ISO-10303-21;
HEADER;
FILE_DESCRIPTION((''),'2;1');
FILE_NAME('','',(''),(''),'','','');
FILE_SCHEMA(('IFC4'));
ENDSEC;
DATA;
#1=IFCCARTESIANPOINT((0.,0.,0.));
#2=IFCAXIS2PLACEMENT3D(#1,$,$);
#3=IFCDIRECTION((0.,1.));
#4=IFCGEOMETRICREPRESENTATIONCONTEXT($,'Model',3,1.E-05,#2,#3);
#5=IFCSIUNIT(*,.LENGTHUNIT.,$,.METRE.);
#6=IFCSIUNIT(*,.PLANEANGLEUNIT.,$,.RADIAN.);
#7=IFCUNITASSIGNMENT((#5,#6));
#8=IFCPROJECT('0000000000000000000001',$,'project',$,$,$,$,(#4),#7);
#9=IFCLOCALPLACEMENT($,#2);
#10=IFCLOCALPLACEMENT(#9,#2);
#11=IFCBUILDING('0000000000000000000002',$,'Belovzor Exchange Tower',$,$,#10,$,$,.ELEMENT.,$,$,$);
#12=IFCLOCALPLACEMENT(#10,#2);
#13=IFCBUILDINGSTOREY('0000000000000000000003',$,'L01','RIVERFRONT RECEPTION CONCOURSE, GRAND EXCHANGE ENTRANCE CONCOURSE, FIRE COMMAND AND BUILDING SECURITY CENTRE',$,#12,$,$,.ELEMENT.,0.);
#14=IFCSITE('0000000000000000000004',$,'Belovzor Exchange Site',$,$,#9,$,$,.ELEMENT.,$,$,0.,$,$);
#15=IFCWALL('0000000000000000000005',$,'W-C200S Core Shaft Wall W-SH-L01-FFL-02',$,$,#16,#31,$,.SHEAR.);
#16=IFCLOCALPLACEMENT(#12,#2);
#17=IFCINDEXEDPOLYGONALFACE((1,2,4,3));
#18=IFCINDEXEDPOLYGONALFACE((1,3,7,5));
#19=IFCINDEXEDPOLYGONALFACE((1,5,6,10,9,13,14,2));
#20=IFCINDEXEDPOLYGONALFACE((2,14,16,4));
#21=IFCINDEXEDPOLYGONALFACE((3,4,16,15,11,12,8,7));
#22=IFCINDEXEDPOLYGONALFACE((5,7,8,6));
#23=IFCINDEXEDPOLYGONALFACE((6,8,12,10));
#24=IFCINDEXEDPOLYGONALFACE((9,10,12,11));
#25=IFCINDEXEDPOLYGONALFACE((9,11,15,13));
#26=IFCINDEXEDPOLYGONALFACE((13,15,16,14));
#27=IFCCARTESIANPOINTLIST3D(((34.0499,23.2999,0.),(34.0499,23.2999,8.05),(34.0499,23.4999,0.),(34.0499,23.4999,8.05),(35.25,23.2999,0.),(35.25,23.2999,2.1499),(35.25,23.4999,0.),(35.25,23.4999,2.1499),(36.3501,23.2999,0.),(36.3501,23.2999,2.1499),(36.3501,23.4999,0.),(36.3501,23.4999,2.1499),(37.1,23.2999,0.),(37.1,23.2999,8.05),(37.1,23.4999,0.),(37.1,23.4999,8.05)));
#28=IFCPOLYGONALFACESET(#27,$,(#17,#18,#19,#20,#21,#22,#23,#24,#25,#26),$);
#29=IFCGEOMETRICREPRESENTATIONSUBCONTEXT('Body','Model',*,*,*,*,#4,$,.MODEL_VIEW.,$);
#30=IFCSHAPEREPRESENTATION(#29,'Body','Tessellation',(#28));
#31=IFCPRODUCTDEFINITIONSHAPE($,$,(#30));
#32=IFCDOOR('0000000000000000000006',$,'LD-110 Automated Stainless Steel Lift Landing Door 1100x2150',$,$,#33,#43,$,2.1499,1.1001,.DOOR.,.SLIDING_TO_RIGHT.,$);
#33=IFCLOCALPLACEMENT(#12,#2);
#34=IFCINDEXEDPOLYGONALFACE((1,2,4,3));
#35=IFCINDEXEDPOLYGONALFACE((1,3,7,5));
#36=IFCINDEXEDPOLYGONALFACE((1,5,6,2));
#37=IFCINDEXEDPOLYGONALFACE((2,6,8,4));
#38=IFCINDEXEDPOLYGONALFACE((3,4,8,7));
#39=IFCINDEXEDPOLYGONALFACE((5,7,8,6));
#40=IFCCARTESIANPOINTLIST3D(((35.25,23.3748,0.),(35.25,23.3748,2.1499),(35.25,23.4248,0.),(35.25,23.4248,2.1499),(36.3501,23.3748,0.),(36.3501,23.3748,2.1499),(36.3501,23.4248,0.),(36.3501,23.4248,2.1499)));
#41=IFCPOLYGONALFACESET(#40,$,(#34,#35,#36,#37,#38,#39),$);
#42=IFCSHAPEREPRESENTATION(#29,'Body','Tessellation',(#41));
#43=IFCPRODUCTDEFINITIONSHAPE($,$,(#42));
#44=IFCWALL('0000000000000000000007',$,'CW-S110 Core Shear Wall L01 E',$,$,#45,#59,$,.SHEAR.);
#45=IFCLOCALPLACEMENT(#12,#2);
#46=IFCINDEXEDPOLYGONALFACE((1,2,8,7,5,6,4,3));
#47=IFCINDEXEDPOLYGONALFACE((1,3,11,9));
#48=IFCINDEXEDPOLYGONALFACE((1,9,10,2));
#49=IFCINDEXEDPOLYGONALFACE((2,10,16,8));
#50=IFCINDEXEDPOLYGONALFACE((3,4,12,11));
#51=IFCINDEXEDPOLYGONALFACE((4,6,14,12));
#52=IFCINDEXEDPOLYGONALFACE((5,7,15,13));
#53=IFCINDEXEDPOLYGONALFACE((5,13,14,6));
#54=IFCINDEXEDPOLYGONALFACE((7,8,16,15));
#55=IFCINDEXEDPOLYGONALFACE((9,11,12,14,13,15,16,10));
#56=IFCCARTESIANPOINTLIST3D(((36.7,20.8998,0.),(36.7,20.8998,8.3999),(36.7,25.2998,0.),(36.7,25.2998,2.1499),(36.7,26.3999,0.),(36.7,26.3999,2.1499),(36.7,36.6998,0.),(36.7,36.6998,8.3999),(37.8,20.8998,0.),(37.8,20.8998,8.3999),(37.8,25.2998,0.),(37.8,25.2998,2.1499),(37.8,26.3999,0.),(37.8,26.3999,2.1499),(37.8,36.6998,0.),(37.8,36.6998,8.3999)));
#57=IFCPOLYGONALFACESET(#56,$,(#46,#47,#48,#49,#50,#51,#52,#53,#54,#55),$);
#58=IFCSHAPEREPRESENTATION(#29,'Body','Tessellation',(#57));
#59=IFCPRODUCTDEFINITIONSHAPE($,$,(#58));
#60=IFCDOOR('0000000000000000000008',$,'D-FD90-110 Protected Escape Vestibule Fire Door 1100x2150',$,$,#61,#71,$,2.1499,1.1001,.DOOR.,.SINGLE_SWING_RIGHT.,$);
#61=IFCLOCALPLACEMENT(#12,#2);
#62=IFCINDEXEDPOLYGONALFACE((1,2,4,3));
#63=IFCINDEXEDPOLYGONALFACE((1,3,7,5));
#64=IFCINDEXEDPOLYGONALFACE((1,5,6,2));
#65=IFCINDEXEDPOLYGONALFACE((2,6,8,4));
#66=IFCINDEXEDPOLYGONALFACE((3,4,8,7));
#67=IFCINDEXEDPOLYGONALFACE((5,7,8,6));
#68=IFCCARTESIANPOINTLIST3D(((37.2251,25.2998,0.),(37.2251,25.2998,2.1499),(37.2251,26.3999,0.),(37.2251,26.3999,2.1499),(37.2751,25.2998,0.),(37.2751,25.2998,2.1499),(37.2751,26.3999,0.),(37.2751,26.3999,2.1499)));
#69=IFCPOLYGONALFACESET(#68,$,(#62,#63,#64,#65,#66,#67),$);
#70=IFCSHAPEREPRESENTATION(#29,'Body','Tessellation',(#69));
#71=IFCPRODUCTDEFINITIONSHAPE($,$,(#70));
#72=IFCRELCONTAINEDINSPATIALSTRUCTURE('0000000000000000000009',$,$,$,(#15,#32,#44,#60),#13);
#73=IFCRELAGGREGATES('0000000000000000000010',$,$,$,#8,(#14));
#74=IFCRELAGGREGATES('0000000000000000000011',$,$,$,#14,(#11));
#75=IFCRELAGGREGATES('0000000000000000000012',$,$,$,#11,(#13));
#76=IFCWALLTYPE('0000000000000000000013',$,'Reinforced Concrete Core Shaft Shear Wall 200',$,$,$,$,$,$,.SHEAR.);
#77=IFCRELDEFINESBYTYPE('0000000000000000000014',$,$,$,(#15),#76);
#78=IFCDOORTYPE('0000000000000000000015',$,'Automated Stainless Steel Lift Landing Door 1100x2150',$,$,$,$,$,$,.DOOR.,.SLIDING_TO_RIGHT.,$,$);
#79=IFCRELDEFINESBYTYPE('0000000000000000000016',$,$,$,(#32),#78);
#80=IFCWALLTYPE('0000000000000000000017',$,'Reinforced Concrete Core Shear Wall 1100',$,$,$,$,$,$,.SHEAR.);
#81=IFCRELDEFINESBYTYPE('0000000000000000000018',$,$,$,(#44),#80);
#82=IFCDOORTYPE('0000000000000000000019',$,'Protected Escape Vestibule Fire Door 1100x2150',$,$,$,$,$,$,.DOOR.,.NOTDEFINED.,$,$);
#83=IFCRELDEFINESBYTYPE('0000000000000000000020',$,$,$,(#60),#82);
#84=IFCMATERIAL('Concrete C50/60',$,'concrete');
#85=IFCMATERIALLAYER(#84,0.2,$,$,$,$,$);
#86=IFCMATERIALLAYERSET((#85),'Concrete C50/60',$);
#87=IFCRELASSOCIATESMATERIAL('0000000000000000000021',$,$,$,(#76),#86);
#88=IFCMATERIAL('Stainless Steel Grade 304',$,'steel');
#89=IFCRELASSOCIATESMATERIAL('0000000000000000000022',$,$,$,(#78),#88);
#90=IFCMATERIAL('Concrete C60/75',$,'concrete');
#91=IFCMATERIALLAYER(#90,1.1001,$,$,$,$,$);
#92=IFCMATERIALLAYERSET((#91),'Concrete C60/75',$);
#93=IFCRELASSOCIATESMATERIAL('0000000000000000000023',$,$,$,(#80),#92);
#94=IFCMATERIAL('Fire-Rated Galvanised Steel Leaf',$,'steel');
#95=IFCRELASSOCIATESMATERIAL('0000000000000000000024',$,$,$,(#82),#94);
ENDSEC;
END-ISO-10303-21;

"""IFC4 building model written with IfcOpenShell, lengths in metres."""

from ifc_helpers import new_model, si_unit, direction, frame, frame_2d, origin, place, context, subcontext, project, spatial, rectangle, extrude, material, layer, layer_set, type_object, element, fill, save


model = new_model("IFC4")

# Units and contexts
model_context = context("Model", 3, precision=1e-05, world=origin(), true_north=direction((0.0, 1.0)))
body_context = subcontext(model_context, "Body", "Model", "MODEL_VIEW")
ifc_project = project(units=[si_unit("LENGTHUNIT", "METRE"), si_unit("PLANEANGLEUNIT", "RADIAN")], contexts=[model_context])

# Site, building, storey
site_placement = place(None, origin())
site = spatial("IfcSite", under=ifc_project, at=site_placement, Name="Belovzor Exchange Site", CompositionType="ELEMENT", RefElevation=0.0)
building_placement = place(site_placement, origin())
building = spatial("IfcBuilding", under=site, at=building_placement, Name="Belovzor Exchange Tower", CompositionType="ELEMENT")
storey_placement = place(building_placement, origin())
storey = spatial("IfcBuildingStorey", under=building, at=storey_placement, Name="L01", Description="RIVERFRONT RECEPTION CONCOURSE, GRAND EXCHANGE ENTRANCE CONCOURSE, FIRE COMMAND AND BUILDING SECURITY CENTRE", CompositionType="ELEMENT", Elevation=0.0)

# Walls, openings, doors
ifc_material_1 = material(Name="Concrete C50/60", Category="concrete")
ifc_layer_1 = layer(ifc_material_1, 0.2)
ifc_layer_set_1 = layer_set([ifc_layer_1], Name="Concrete C50/60")
wall_type_1 = type_object("IfcWallType", Name="Reinforced Concrete Core Shaft Shear Wall 200", PredefinedType="SHEAR", material=ifc_layer_set_1)
wall_1_placement = place(storey_placement, frame((34.05, 23.3999, 0.0), z_axis=(0.0, 0.0, 1.0), x_axis=(1.0, 0.0, 0.0)))
wall_1 = element("IfcWall", 1, at=wall_1_placement, inside=storey, type_object=wall_type_1, Name="W-C200S Core Shaft Wall W-SH-L01-FFL-02", PredefinedType="SHEAR", context=body_context, shape_type="SweptSolid", body=[
    extrude(rectangle(XDim=3.05, YDim=0.2, at=frame_2d((1.5249, 0.0))), origin(), (0.0, 0.0, 1.0), 8.05),
])
opening_1_placement = place(wall_1_placement, frame((1.2, 0.0, 0.0)))
opening_1 = element("IfcOpeningElement", 2, at=opening_1_placement, cuts=wall_1, PredefinedType="OPENING", context=body_context, shape_type="SweptSolid", body=[
    extrude(rectangle(XDim=1.1001, YDim=2.1499, at=frame_2d((0.55, 1.075))), frame((0.0, 0.1099, 0.0), z_axis=(0.0, -1.0, 0.0), x_axis=(1.0, 0.0, 0.0)), (0.0, 0.0, 1.0), 0.22),
])
ifc_material_2 = material(Name="Stainless Steel Grade 304", Category="steel")
door_type_1 = type_object("IfcDoorType", Name="Automated Stainless Steel Lift Landing Door 1100x2150", OperationType="SLIDING_TO_RIGHT", PredefinedType="DOOR", material=ifc_material_2)
door_1_placement = place(opening_1_placement, origin())
door_1 = element("IfcDoor", 3, at=door_1_placement, inside=storey, type_object=door_type_1, Name="LD-110 Automated Stainless Steel Lift Landing Door 1100x2150", OperationType="SLIDING_TO_RIGHT", OverallHeight=2.1499, OverallWidth=1.1001, PredefinedType="DOOR", context=body_context, shape_type="SweptSolid", body=[
    extrude(rectangle(XDim=1.1001, YDim=2.1499, at=frame_2d((0.55, 1.075))), frame((0.0, 0.0249, 0.0), z_axis=(0.0, -1.0, 0.0), x_axis=(1.0, 0.0, 0.0)), (0.0, 0.0, 1.0), 0.05),
])
fill(opening_1, door_1)
ifc_material_3 = material(Name="Concrete C60/75", Category="concrete")
ifc_layer_2 = layer(ifc_material_3, 1.1001)
ifc_layer_set_2 = layer_set([ifc_layer_2], Name="Concrete C60/75")
wall_type_2 = type_object("IfcWallType", Name="Reinforced Concrete Core Shear Wall 1100", PredefinedType="SHEAR", material=ifc_layer_set_2)
wall_2_placement = place(storey_placement, frame((37.25, 20.8999, 0.0), z_axis=(0.0, 0.0, 1.0), x_axis=(0.0, 1.0, 0.0)))
wall_2 = element("IfcWall", 4, at=wall_2_placement, inside=storey, type_object=wall_type_2, Name="CW-S110 Core Shear Wall L01 E", PredefinedType="SHEAR", context=body_context, shape_type="SweptSolid", body=[
    extrude(rectangle(XDim=15.8, YDim=1.1001, at=frame_2d((7.8999, 0.0))), origin(), (0.0, 0.0, 1.0), 8.3999),
])
opening_2_placement = place(wall_2_placement, frame((4.3999, 0.0, 0.0)))
opening_2 = element("IfcOpeningElement", 5, at=opening_2_placement, cuts=wall_2, PredefinedType="OPENING", context=body_context, shape_type="SweptSolid", body=[
    extrude(rectangle(XDim=1.1001, YDim=2.1499, at=frame_2d((0.55, 1.075))), frame((0.0, 0.5601, 0.0), z_axis=(0.0, -1.0, 0.0), x_axis=(1.0, 0.0, 0.0)), (0.0, 0.0, 1.0), 1.1201),
])
ifc_material_4 = material(Name="Fire-Rated Galvanised Steel Leaf", Category="steel")
door_type_2 = type_object("IfcDoorType", Name="Protected Escape Vestibule Fire Door 1100x2150", OperationType="NOTDEFINED", PredefinedType="DOOR", material=ifc_material_4)
door_2_placement = place(opening_2_placement, origin())
door_2 = element("IfcDoor", 6, at=door_2_placement, inside=storey, type_object=door_type_2, Name="D-FD90-110 Protected Escape Vestibule Fire Door 1100x2150", OperationType="SINGLE_SWING_RIGHT", OverallHeight=2.1499, OverallWidth=1.1001, PredefinedType="DOOR", context=body_context, shape_type="SweptSolid", body=[
    extrude(rectangle(XDim=1.1001, YDim=2.1499, at=frame_2d((0.55, 1.075))), frame((0.0, 0.0249, 0.0), z_axis=(0.0, -1.0, 0.0), x_axis=(1.0, 0.0, 0.0)), (0.0, 0.0, 1.0), 0.05),
])
fill(opening_2, door_2)

save(model, "model.ifc")
